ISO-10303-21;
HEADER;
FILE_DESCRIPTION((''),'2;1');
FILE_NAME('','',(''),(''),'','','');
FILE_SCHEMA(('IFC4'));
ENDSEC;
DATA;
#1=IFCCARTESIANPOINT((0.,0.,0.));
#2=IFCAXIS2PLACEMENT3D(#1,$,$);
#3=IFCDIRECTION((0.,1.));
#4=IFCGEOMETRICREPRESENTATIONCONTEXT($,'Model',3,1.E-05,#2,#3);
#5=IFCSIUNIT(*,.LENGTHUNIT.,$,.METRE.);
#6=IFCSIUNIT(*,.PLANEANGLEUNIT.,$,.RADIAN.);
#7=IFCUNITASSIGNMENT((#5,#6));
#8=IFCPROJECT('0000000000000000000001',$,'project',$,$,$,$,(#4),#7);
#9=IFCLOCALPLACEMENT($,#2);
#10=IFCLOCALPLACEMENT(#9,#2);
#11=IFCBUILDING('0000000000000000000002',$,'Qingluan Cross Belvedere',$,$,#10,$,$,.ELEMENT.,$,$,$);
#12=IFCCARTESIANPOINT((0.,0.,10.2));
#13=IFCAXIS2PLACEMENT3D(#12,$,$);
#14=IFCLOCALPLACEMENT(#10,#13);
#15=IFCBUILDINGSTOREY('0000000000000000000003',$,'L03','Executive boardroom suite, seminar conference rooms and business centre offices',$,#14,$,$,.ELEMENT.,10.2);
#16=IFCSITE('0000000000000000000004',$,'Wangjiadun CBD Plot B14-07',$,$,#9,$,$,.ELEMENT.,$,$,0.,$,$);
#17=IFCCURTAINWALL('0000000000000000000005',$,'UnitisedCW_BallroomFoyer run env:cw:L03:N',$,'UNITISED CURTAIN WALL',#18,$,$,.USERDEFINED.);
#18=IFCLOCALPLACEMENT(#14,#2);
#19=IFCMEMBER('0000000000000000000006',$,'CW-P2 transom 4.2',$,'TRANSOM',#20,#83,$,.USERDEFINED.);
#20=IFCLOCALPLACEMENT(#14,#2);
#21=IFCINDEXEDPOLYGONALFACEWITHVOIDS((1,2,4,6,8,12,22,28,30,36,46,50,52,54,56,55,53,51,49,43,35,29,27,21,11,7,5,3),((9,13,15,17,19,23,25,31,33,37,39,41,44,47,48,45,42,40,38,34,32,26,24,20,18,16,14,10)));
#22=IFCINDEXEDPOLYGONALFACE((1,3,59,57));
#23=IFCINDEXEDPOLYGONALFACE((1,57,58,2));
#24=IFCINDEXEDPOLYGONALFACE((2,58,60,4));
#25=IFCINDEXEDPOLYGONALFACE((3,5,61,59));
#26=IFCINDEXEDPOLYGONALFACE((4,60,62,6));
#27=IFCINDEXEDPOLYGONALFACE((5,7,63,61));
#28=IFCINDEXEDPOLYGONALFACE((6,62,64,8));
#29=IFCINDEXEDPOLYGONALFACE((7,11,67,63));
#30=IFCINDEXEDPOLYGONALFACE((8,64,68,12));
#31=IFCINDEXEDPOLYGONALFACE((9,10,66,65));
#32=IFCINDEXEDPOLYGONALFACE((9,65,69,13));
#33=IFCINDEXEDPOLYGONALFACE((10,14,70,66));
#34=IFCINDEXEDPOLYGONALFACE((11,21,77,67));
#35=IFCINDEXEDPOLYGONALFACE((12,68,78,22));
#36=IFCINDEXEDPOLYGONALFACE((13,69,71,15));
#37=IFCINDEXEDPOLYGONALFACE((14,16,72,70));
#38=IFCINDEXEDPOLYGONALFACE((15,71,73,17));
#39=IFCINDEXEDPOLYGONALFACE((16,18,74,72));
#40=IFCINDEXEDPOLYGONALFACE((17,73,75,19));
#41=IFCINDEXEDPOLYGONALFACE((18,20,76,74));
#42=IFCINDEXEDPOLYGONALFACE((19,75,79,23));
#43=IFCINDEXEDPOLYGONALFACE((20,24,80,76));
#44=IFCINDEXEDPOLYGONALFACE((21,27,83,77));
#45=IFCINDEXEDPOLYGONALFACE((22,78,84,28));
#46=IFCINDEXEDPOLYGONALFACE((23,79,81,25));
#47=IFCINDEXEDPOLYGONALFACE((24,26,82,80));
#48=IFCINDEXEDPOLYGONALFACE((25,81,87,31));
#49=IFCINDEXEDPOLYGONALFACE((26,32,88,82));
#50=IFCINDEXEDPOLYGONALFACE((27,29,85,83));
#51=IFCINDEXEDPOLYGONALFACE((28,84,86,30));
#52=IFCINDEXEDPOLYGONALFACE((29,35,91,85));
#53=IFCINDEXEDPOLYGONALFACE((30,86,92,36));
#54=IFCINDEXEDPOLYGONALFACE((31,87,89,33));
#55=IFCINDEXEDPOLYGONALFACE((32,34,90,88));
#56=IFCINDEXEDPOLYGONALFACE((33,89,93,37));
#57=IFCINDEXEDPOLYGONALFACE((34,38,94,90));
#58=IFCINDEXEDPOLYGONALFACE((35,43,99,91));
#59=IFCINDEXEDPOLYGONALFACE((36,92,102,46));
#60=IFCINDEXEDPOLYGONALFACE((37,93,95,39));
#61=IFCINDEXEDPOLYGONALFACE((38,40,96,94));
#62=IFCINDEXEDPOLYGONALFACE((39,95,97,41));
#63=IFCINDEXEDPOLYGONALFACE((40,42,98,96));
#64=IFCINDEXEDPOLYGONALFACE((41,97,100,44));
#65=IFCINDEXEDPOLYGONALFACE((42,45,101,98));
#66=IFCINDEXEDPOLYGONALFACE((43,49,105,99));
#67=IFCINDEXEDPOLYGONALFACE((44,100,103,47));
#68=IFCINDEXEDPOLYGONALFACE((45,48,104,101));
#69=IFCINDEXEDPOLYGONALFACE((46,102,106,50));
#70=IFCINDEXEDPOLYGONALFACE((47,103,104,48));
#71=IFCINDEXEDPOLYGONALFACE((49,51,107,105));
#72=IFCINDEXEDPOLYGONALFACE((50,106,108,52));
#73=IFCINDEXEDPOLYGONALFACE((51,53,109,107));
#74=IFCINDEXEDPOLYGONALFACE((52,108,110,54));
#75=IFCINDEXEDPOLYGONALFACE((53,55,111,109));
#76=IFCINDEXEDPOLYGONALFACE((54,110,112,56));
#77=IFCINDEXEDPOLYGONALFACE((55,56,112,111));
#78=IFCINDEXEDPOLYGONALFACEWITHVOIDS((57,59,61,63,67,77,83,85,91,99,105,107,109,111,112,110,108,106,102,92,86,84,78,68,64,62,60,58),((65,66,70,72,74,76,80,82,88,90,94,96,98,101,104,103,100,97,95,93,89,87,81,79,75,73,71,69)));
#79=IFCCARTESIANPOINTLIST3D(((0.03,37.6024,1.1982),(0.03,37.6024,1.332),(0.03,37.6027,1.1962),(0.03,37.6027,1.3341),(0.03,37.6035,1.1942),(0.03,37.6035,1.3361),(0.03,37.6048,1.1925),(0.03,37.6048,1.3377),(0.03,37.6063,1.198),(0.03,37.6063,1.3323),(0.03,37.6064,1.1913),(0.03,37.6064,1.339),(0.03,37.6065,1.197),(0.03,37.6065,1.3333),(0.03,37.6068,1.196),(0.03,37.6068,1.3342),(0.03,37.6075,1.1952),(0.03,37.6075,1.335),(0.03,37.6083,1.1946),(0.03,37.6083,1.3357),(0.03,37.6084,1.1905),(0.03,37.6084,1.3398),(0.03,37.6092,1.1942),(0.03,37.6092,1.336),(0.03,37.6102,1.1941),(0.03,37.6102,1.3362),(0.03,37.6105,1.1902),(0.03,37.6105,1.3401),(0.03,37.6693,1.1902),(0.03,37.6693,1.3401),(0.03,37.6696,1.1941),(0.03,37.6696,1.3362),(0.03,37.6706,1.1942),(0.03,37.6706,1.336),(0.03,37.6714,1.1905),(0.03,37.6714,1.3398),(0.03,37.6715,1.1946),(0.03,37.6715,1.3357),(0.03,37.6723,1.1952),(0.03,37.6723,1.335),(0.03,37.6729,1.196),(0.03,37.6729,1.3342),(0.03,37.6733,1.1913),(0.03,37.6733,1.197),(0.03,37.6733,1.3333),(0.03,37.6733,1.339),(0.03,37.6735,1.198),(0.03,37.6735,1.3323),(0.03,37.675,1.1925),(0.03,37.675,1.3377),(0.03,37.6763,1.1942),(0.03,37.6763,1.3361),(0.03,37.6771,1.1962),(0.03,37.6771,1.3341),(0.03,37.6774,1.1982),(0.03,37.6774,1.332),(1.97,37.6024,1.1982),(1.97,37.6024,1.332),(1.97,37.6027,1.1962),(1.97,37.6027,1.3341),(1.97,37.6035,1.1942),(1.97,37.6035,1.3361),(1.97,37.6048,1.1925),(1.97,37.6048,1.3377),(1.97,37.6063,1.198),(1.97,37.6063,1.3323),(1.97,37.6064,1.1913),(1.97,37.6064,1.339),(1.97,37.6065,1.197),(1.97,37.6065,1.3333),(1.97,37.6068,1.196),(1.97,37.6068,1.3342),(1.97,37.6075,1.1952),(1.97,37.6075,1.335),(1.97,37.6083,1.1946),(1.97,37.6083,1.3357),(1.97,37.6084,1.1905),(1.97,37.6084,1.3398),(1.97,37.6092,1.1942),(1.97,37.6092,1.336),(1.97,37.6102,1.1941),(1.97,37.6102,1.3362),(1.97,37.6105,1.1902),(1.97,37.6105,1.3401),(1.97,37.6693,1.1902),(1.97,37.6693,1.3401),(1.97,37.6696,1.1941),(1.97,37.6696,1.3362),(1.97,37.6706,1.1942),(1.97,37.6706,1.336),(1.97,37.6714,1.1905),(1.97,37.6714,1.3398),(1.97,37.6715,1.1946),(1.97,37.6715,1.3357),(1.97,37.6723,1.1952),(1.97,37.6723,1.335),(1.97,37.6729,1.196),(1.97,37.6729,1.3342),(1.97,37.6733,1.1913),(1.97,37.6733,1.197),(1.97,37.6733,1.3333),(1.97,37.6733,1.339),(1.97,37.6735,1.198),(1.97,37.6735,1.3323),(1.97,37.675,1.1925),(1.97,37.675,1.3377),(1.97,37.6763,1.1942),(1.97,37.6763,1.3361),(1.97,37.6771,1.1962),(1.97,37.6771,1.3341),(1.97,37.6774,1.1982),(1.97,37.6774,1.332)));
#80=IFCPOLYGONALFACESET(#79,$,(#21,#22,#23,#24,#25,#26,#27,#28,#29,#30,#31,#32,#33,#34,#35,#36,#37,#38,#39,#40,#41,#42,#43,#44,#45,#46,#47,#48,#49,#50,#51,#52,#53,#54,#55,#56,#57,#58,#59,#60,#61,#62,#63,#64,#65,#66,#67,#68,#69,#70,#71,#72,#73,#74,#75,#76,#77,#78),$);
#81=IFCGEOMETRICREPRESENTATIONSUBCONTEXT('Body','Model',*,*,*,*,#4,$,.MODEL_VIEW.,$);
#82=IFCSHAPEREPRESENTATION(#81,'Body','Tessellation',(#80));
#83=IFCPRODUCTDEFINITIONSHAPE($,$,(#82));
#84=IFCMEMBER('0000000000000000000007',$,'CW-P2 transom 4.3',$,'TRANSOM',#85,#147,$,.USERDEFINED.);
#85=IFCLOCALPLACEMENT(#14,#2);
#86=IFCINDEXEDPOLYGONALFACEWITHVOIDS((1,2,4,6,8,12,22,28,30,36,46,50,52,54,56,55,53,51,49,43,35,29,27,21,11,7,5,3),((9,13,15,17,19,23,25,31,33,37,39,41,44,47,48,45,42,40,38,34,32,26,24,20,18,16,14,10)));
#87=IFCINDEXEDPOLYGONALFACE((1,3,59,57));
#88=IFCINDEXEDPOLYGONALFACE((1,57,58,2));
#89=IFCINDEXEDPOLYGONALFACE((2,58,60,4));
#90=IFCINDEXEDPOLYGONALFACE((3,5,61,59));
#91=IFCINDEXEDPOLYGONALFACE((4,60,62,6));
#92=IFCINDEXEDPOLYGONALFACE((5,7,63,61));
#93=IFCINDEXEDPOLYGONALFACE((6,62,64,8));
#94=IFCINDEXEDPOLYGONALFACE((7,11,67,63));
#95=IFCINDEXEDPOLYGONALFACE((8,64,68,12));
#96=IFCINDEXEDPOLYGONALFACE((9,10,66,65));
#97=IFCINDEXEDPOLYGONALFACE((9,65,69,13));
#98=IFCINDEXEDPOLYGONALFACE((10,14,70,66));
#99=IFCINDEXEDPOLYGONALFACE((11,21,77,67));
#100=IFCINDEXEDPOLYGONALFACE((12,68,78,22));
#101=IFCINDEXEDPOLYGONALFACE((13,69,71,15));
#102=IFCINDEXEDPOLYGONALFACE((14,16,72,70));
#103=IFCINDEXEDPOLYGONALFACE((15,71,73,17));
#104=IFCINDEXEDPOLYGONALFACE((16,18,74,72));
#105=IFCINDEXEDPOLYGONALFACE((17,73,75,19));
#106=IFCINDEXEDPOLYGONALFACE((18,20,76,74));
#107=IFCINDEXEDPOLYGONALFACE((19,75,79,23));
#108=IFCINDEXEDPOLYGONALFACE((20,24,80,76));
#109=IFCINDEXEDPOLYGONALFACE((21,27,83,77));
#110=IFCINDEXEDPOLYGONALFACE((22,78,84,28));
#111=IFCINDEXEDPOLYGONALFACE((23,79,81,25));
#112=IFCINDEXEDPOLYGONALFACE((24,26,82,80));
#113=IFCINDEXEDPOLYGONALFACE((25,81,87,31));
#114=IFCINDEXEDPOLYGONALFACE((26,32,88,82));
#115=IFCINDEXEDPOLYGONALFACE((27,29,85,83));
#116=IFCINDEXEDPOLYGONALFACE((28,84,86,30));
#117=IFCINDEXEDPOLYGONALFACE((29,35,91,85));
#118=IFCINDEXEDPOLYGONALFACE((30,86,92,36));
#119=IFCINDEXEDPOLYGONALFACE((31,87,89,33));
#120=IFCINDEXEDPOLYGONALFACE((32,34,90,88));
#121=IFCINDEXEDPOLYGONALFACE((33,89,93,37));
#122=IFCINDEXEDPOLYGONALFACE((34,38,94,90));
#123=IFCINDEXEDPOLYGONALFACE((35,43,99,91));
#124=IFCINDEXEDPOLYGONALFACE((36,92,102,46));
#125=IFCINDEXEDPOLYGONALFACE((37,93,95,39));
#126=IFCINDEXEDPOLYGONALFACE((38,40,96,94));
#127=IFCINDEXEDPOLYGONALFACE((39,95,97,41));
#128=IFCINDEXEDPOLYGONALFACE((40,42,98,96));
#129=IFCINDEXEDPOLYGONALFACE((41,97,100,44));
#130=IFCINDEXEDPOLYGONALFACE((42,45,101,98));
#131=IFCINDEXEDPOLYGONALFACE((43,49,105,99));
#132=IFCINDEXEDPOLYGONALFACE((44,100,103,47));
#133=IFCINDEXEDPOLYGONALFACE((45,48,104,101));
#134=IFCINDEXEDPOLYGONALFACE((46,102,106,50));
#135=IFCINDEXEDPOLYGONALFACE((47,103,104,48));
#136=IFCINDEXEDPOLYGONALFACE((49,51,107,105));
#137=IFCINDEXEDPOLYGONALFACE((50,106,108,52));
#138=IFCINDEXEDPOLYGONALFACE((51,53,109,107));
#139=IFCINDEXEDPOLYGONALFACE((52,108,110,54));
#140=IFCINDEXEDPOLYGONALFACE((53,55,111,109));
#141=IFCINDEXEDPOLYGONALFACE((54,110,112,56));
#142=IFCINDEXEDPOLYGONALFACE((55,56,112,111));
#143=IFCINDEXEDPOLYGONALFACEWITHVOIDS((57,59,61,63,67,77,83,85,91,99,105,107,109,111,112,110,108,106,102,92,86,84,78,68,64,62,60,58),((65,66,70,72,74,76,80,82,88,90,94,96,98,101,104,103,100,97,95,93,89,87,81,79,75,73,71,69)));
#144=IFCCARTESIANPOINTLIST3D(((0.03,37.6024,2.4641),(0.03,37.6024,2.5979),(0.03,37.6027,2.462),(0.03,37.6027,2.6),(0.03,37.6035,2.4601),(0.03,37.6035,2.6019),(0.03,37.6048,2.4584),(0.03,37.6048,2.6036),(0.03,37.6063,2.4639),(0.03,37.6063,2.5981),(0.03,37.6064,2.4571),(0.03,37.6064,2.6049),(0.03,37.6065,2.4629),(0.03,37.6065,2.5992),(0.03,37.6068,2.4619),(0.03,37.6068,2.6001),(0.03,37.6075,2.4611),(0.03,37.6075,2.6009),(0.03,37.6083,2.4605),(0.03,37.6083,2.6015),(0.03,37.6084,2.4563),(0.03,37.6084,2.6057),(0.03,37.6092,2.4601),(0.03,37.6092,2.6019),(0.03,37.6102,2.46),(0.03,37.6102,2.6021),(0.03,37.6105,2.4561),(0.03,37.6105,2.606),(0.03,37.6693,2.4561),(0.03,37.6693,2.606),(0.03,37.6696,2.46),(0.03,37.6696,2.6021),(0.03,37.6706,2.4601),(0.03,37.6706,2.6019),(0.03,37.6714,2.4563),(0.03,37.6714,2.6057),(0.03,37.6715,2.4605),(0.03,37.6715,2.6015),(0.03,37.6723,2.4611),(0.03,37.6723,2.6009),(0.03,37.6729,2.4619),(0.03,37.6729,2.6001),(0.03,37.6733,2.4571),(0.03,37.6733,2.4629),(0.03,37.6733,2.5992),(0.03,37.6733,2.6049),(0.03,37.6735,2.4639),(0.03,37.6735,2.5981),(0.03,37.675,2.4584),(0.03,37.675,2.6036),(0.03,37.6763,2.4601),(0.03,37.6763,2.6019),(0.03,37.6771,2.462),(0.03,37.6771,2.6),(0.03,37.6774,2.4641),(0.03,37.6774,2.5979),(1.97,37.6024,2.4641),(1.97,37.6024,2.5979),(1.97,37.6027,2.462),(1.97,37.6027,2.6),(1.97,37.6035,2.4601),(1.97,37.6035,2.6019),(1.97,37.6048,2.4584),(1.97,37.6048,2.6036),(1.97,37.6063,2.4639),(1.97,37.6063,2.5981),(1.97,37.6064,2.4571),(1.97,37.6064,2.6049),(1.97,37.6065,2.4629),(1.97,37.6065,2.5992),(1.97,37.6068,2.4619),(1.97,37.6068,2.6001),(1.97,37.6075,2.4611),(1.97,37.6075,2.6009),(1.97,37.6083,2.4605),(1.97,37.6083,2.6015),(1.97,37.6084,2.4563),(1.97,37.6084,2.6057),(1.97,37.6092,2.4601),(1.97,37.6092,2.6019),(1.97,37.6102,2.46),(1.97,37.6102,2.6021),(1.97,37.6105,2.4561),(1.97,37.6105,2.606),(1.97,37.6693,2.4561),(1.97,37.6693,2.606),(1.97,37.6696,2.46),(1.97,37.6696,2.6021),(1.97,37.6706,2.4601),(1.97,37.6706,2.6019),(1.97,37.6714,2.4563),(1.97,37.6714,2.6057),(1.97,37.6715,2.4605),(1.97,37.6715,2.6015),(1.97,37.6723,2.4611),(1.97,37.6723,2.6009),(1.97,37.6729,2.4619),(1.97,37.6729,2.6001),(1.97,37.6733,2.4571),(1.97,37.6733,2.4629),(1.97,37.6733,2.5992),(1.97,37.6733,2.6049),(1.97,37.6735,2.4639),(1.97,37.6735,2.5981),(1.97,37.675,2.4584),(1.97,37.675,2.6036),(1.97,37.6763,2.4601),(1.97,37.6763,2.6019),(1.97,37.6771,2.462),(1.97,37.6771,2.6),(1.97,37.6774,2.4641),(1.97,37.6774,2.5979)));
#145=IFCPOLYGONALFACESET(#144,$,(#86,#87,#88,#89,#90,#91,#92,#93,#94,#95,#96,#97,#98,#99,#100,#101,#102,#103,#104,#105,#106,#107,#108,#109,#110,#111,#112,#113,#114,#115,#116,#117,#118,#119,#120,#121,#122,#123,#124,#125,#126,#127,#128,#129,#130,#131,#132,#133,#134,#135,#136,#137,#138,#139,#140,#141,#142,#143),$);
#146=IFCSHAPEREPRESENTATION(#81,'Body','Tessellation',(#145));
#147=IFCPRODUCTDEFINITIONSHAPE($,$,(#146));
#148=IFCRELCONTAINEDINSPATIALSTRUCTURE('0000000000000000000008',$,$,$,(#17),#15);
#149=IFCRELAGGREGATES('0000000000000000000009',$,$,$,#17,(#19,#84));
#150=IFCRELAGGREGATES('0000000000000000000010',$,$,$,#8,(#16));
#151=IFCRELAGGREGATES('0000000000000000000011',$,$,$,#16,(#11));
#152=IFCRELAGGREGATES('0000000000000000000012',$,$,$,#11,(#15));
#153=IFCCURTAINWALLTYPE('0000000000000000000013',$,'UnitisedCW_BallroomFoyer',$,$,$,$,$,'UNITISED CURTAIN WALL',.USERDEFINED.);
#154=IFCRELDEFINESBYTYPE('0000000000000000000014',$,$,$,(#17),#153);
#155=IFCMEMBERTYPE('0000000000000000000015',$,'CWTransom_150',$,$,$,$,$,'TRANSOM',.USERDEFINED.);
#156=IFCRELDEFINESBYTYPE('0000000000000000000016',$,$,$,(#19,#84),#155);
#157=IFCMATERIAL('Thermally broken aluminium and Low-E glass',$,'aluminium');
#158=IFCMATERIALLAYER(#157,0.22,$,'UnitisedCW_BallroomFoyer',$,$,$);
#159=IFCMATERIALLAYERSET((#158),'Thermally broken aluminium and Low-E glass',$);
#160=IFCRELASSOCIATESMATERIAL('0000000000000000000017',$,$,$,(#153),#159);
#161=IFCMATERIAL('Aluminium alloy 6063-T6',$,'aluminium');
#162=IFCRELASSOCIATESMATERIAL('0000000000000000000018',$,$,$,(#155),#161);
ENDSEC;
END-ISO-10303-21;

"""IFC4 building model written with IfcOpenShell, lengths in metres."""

from ifc_helpers import new_model, si_unit, direction, frame, origin, origin_2d, place, context, subcontext, project, spatial, hollow_rectangle, extrude, material, layer, layer_set, material_profile, profile_set, type_object, element, aggregate, save


model = new_model("IFC4")

# Units and contexts
model_context = context("Model", 3, precision=1e-05, world=origin(), true_north=direction((0.0, 1.0)))
body_context = subcontext(model_context, "Body", "Model", "MODEL_VIEW")
ifc_project = project(units=[si_unit("LENGTHUNIT", "METRE"), si_unit("PLANEANGLEUNIT", "RADIAN")], contexts=[model_context])

# Site, building, storey
site_placement = place(None, origin())
site = spatial("IfcSite", under=ifc_project, at=site_placement, Name="Wangjiadun CBD Plot B14-07", CompositionType="ELEMENT", RefElevation=0.0)
building_placement = place(site_placement, origin())
building = spatial("IfcBuilding", under=site, at=building_placement, Name="Qingluan Cross Belvedere", CompositionType="ELEMENT")
storey_placement = place(building_placement, frame((0.0, 0.0, 10.2)))
storey = spatial("IfcBuildingStorey", under=building, at=storey_placement, Name="L03", Description="Executive boardroom suite, seminar conference rooms and business centre offices", CompositionType="ELEMENT", Elevation=10.2)

# Curtain wall, members
ifc_material_1 = material(Name="Thermally broken aluminium and Low-E glass", Category="aluminium")
ifc_layer_1 = layer(ifc_material_1, 0.22, Name="UnitisedCW_BallroomFoyer")
ifc_layer_set_1 = layer_set([ifc_layer_1], Name="Thermally broken aluminium and Low-E glass")
curtain_wall_type = type_object("IfcCurtainWallType", Name="UnitisedCW_BallroomFoyer", ElementType="UNITISED CURTAIN WALL", PredefinedType="USERDEFINED", material=ifc_layer_set_1)
curtain_wall_placement = place(storey_placement, origin())
curtain_wall = element("IfcCurtainWall", 1, at=curtain_wall_placement, inside=storey, type_object=curtain_wall_type, Name="UnitisedCW_BallroomFoyer run env:cw:L03:N", ObjectType="UNITISED CURTAIN WALL", PredefinedType="USERDEFINED")
ifc_material_2 = material(Name="Aluminium alloy 6063-T6", Category="aluminium")
ifc_material_profile_1 = material_profile(ifc_material_2, hollow_rectangle(XDim=0.075, YDim=0.1499, WallThickness=0.0039, InnerFilletRadius=0.0039, OuterFilletRadius=0.0081, at=origin_2d()), Name="CWT150x75x4")
ifc_profile_set_1 = profile_set([ifc_material_profile_1], Name="Aluminium alloy 6063-T6")
member_type_1 = type_object("IfcMemberType", Name="CWTransom_150", ElementType="TRANSOM", PredefinedType="USERDEFINED", material=ifc_profile_set_1)
member_1_placement = place(storey_placement, frame((0.03, 37.6399, 1.2651), z_axis=(1.0, 0.0, 0.0), x_axis=(0.0, 1.0, 0.0)))
member_1 = element("IfcMember", 2, at=member_1_placement, type_object=member_type_1, Name="CW-P2 transom 4.2", ObjectType="TRANSOM", PredefinedType="USERDEFINED", context=body_context, shape_type="SweptSolid", body=[
    extrude(hollow_rectangle(XDim=0.075, YDim=0.1499, WallThickness=0.0039, InnerFilletRadius=0.0039, OuterFilletRadius=0.0081, at=origin_2d()), origin(), (0.0, 0.0, 1.0), 1.9399),
])
member_2_placement = place(storey_placement, frame((0.03, 37.6399, 2.531), z_axis=(1.0, 0.0, 0.0), x_axis=(0.0, 1.0, 0.0)))
member_2 = element("IfcMember", 3, at=member_2_placement, type_object=member_type_1, Name="CW-P2 transom 4.3", ObjectType="TRANSOM", PredefinedType="USERDEFINED", context=body_context, shape_type="SweptSolid", body=[
    extrude(hollow_rectangle(XDim=0.075, YDim=0.1499, WallThickness=0.0039, InnerFilletRadius=0.0039, OuterFilletRadius=0.0081, at=origin_2d()), origin(), (0.0, 0.0, 1.0), 1.9399),
])

aggregate(curtain_wall, [member_1, member_2])

save(model, "model.ifc")
